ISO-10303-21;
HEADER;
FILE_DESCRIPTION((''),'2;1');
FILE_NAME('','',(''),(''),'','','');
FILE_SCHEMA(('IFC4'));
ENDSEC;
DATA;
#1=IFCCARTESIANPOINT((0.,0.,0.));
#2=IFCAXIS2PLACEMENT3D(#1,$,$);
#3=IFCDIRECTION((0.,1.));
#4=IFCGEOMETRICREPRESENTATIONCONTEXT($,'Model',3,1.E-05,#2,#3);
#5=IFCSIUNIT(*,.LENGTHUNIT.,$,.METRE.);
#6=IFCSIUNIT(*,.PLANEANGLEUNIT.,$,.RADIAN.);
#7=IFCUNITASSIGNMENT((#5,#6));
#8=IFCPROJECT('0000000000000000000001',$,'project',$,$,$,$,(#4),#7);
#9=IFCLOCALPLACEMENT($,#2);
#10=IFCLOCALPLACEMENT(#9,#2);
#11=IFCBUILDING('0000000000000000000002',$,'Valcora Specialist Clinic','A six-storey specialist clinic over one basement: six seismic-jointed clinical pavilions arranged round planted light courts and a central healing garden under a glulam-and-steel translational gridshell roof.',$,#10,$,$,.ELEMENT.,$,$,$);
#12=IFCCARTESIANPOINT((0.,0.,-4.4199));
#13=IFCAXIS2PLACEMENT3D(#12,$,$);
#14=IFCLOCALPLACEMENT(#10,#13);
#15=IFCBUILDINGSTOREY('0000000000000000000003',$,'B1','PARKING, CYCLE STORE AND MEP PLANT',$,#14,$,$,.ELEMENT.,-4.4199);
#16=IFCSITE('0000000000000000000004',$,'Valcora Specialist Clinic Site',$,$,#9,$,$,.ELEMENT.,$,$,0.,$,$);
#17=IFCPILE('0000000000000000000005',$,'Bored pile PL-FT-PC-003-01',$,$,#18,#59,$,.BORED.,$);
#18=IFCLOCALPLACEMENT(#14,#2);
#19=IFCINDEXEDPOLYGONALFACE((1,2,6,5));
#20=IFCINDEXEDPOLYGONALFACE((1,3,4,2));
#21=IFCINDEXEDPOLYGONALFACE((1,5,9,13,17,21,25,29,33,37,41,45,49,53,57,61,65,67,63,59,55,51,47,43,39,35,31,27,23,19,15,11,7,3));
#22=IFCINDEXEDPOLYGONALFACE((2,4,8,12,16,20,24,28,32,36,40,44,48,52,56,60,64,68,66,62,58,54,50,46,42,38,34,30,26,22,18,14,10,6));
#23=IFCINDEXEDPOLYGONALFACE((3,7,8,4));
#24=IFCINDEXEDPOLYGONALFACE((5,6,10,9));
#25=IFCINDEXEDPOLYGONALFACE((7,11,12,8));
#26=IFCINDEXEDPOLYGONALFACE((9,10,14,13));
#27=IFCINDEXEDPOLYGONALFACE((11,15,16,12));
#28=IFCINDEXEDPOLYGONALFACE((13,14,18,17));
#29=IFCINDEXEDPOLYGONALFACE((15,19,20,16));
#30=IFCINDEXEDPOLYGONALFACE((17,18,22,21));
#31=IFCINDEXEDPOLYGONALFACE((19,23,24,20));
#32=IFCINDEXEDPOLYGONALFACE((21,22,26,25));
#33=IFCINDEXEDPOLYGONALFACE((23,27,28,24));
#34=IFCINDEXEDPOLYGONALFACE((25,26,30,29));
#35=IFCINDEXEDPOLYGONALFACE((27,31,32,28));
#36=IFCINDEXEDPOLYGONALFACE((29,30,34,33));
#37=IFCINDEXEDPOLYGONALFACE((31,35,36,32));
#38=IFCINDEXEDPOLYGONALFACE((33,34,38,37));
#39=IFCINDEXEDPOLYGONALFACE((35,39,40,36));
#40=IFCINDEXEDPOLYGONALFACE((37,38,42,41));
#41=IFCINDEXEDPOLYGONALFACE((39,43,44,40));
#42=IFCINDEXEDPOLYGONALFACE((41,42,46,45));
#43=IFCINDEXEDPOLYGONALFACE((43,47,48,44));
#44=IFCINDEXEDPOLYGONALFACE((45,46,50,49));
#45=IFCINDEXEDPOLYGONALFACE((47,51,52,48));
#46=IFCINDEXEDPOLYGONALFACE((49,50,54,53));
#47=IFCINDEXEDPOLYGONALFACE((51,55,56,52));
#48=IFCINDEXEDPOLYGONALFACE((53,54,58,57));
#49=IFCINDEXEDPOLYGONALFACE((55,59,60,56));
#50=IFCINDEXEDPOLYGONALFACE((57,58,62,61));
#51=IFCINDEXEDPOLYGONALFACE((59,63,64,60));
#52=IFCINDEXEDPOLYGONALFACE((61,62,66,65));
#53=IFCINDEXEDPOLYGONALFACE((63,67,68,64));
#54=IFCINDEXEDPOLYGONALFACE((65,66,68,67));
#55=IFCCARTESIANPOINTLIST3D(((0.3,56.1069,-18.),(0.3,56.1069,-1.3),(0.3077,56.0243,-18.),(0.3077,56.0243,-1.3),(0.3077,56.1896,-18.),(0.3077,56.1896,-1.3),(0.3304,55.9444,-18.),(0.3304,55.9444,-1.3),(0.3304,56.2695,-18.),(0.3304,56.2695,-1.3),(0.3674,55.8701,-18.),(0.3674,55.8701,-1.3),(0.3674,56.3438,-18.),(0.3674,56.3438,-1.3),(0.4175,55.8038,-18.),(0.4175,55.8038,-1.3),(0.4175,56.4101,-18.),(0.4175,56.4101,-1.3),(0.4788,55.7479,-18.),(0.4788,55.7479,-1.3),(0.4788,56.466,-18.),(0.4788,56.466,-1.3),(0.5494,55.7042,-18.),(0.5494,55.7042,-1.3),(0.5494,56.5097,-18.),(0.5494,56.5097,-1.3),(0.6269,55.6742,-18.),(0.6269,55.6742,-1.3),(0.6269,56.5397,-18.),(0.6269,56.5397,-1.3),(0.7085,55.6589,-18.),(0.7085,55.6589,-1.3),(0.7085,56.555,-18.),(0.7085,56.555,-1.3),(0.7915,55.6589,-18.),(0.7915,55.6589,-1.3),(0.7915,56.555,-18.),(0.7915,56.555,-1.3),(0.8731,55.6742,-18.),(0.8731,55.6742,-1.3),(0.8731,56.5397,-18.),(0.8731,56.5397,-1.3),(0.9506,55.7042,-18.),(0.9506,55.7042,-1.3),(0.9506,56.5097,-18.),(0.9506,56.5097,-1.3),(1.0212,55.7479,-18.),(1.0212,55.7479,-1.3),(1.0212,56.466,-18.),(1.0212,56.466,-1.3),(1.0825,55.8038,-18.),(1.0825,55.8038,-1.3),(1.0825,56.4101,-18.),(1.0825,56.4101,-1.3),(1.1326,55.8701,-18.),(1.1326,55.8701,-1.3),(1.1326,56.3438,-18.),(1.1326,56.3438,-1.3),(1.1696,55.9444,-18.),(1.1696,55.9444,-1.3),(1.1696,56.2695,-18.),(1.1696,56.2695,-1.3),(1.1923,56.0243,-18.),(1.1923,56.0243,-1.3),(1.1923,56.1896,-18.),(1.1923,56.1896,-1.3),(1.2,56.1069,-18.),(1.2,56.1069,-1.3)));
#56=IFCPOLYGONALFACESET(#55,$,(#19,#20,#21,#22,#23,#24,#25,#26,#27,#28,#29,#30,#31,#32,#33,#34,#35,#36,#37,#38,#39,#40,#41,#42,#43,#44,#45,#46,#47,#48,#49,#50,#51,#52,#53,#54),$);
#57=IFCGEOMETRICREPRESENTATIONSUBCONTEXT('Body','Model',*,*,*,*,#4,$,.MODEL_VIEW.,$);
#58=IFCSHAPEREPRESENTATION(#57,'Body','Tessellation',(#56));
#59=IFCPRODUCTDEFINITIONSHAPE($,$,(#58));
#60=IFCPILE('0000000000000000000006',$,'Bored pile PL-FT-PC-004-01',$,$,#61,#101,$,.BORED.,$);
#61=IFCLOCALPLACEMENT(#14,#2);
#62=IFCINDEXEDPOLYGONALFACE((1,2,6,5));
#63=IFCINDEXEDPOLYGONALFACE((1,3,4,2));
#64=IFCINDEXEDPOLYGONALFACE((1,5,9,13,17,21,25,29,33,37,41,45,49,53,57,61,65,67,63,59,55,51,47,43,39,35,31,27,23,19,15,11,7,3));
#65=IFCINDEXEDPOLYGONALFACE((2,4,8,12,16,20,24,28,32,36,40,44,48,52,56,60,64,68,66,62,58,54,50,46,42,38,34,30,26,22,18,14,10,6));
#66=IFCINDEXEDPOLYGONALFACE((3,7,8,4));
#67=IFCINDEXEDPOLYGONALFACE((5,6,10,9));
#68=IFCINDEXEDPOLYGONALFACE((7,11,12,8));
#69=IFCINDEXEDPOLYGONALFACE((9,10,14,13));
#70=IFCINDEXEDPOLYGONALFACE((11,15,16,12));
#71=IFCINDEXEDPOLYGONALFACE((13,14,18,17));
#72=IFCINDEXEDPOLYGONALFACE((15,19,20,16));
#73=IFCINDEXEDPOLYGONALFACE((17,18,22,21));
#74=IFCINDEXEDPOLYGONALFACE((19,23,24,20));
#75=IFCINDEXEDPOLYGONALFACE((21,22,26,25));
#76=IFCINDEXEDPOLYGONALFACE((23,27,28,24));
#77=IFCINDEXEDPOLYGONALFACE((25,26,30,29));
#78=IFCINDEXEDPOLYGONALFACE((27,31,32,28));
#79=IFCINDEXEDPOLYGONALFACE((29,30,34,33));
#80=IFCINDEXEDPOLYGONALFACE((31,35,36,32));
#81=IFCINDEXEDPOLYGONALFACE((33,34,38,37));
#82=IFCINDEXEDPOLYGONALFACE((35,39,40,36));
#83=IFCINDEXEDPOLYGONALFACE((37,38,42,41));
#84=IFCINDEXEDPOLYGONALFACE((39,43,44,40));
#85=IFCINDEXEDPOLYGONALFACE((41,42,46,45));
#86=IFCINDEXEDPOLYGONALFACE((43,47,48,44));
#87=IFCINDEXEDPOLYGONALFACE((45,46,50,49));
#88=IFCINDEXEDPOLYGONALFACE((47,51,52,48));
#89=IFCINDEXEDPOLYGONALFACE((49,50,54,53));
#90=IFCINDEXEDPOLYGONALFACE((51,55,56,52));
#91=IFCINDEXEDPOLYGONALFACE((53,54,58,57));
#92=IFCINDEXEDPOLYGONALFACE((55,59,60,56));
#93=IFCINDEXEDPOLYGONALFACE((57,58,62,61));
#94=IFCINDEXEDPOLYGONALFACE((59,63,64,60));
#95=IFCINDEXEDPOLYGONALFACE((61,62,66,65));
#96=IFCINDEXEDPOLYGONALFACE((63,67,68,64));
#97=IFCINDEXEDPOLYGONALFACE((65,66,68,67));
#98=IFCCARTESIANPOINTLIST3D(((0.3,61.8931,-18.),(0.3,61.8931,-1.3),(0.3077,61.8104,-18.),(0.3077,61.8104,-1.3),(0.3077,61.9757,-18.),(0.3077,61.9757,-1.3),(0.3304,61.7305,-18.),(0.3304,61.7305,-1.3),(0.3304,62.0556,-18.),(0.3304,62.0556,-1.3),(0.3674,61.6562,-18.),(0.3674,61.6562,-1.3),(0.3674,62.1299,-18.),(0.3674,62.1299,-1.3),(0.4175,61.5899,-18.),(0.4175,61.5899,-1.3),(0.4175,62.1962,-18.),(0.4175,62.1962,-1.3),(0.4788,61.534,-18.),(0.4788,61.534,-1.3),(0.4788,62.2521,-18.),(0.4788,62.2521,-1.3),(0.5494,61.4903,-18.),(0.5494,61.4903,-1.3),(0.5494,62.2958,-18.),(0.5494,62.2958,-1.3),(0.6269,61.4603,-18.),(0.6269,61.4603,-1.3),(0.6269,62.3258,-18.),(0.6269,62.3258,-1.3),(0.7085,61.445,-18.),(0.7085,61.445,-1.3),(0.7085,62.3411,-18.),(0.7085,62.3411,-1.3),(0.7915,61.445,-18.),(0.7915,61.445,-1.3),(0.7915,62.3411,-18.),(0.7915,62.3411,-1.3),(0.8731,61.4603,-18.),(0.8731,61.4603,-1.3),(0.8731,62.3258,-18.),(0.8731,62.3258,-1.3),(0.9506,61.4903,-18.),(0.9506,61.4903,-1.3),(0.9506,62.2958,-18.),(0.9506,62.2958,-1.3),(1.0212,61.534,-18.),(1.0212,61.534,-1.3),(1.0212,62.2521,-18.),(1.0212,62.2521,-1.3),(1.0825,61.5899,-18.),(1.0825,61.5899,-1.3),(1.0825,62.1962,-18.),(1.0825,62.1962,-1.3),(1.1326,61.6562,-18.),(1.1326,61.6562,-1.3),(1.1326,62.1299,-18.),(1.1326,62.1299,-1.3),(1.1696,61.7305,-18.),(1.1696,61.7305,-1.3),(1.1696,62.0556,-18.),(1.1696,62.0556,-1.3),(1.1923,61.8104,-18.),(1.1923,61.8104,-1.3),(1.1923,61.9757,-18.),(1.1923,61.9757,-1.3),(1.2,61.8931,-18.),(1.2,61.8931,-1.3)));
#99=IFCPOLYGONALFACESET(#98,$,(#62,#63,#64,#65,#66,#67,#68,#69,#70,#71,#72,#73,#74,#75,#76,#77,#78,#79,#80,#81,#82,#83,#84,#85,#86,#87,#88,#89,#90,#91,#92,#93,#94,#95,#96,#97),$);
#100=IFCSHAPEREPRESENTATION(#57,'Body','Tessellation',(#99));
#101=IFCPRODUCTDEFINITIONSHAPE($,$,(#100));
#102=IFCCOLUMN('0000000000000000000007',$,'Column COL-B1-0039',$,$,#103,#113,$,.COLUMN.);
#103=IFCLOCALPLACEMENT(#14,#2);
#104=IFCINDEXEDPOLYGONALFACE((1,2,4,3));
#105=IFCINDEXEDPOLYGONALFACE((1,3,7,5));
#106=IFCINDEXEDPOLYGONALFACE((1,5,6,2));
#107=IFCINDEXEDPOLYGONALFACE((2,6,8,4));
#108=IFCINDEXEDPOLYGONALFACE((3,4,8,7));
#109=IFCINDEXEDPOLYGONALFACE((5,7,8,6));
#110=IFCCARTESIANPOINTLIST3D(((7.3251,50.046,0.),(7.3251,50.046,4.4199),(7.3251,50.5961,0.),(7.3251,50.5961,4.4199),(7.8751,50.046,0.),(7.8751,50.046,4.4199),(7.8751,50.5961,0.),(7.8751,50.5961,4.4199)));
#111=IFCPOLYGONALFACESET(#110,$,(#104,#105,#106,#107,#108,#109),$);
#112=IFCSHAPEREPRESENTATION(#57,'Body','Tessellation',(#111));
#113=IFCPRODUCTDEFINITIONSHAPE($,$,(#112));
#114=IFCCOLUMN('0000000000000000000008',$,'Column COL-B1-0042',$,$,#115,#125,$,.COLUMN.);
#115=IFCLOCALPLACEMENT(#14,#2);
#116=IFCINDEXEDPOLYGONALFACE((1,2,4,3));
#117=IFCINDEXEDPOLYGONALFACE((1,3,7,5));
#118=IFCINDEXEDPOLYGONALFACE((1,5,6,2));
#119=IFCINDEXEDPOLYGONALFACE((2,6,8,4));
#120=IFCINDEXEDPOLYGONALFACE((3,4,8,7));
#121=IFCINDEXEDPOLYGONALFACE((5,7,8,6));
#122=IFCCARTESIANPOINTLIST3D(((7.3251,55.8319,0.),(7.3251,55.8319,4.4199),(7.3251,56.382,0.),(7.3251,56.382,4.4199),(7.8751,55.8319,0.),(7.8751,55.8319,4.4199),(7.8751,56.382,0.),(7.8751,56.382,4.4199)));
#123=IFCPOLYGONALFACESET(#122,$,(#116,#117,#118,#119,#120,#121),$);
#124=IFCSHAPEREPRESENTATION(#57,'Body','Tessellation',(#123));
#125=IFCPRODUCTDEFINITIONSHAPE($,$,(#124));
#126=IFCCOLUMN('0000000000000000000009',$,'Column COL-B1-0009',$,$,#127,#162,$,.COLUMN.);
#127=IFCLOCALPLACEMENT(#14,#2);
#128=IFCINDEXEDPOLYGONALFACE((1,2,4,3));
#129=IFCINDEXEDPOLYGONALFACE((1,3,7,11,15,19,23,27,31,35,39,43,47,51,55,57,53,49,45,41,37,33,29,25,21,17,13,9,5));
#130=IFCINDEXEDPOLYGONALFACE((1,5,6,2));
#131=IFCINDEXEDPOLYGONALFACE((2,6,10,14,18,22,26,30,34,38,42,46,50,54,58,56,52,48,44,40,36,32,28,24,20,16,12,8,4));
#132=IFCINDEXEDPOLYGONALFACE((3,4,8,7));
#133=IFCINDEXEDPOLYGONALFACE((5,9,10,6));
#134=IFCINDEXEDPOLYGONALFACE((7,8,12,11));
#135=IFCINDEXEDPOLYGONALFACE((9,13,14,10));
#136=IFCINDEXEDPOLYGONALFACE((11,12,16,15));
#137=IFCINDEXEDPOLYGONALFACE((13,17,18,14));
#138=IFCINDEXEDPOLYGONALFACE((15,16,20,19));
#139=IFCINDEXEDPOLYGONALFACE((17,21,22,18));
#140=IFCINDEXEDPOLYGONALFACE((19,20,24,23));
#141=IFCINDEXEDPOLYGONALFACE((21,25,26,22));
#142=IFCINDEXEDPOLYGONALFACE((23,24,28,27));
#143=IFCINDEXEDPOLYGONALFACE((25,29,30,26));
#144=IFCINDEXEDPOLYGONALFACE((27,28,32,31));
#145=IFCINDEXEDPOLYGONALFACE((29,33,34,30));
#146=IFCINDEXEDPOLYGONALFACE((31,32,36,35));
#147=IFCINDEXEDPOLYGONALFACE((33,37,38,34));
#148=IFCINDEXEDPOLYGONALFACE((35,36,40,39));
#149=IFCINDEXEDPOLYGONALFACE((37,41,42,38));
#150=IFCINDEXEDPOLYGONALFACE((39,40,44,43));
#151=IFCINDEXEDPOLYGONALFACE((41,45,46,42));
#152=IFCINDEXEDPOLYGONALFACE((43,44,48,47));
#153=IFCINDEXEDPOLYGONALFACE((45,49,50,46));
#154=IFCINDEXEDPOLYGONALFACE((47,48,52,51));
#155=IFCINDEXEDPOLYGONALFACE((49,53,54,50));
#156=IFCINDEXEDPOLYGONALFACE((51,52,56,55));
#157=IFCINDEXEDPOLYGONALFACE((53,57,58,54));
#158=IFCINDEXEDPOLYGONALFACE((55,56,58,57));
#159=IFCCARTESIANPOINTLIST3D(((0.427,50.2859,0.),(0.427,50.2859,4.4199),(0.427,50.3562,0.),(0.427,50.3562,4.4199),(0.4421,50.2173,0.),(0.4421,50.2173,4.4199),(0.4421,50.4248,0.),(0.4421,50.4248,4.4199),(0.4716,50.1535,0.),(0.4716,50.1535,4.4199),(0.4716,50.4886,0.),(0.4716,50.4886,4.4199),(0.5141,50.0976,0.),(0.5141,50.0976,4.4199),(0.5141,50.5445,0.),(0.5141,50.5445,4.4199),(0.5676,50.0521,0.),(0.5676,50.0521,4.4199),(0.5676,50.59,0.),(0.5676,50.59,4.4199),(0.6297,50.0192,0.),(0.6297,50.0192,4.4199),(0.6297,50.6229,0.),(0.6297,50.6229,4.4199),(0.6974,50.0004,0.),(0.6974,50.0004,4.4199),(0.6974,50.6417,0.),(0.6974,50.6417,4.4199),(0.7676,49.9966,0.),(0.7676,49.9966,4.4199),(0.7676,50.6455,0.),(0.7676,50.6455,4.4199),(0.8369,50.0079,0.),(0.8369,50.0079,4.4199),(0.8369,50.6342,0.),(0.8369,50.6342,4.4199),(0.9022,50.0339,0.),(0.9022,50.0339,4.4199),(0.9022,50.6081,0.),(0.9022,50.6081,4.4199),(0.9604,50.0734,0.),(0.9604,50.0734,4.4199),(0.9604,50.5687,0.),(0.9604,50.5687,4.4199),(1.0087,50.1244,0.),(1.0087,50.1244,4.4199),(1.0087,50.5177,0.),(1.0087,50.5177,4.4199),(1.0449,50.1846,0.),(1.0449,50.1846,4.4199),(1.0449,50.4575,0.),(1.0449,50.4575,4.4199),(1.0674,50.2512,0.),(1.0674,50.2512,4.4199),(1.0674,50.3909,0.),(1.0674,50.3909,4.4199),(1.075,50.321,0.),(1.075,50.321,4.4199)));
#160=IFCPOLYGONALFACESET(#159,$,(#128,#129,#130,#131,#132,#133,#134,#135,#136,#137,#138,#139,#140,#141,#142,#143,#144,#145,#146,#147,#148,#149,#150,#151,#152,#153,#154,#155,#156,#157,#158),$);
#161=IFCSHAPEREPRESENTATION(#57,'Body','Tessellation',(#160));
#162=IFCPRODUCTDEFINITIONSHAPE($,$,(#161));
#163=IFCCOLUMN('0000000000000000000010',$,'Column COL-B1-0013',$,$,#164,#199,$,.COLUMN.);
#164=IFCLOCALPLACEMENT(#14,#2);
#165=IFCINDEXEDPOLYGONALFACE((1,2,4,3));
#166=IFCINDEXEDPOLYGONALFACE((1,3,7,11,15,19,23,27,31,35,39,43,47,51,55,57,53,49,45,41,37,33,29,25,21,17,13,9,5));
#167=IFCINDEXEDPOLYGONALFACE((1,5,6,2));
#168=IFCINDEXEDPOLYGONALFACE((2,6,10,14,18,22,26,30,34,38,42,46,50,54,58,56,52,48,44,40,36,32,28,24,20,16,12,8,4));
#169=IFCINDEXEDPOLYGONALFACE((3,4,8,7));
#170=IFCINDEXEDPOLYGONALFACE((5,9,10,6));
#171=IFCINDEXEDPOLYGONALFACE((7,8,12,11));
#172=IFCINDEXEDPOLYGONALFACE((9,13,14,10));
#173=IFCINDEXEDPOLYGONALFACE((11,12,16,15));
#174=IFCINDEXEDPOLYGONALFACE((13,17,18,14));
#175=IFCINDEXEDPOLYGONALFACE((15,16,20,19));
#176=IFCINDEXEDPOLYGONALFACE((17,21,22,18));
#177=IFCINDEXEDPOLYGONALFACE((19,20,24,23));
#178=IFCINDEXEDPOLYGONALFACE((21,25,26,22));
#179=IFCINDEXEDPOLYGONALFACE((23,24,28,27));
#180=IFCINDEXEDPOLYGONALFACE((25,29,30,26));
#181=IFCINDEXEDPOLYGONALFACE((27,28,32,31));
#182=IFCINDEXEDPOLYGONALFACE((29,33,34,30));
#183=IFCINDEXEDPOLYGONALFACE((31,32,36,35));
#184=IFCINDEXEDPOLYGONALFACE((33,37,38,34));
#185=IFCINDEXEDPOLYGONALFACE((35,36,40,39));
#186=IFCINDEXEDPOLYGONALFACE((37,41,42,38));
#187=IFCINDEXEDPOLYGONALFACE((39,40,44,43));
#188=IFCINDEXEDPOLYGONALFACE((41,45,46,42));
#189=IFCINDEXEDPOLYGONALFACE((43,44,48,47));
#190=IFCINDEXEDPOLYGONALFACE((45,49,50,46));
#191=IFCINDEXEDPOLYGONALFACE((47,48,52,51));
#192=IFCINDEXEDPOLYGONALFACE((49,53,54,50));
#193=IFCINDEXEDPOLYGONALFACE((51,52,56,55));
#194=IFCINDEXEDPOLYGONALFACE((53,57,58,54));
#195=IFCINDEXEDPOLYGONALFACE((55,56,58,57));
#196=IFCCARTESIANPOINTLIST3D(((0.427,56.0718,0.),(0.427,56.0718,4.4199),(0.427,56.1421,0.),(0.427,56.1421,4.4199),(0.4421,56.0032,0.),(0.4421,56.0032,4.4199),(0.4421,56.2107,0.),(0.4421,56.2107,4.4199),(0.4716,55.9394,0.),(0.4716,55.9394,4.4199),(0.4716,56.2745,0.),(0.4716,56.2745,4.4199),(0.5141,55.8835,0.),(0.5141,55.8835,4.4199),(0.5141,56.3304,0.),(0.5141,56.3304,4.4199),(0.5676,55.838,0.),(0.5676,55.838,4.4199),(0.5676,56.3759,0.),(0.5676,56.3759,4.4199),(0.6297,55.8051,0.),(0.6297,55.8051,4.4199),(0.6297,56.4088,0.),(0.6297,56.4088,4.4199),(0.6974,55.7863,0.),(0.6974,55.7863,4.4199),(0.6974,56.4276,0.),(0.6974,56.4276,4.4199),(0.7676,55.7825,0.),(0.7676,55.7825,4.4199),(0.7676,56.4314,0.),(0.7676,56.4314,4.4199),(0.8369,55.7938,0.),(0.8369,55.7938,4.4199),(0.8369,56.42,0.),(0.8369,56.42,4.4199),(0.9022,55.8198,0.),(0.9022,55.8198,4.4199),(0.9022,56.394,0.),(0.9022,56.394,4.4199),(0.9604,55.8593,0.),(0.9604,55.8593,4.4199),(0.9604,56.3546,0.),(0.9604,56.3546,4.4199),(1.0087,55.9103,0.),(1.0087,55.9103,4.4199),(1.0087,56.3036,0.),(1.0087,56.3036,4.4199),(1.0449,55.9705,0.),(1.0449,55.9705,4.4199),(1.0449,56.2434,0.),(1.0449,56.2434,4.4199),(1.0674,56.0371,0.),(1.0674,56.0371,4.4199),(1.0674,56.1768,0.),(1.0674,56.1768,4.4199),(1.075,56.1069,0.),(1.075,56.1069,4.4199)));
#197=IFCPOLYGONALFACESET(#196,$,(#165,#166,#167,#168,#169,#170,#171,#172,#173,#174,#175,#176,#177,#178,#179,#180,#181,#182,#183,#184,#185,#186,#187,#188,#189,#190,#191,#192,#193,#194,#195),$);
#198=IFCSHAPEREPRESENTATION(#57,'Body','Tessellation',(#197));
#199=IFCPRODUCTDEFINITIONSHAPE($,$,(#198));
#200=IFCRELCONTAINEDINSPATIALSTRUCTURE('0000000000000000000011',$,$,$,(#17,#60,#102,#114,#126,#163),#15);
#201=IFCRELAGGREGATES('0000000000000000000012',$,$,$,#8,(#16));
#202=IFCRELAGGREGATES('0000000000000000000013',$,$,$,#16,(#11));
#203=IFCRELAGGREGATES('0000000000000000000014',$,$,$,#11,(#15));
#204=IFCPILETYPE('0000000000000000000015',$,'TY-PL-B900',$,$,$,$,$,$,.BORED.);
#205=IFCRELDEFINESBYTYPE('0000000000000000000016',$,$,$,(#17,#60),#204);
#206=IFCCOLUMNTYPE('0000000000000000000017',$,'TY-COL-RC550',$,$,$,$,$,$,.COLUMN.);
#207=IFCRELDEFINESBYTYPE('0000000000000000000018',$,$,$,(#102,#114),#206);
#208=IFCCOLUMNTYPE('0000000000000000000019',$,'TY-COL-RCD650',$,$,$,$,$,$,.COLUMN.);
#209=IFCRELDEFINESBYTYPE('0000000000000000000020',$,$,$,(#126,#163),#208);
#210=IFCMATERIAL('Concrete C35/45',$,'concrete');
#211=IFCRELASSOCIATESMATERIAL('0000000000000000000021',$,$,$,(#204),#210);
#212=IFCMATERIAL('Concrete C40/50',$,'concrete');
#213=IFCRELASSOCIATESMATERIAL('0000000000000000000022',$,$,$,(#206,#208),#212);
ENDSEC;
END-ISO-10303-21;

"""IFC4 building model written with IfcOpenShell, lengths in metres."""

from ifc_helpers import new_model, si_unit, direction, frame, origin, origin_2d, place, context, subcontext, project, spatial, rectangle, circle, extrude, material, material_profile, profile_set, type_object, element, save


model = new_model("IFC4")

# Units and contexts
model_context = context("Model", 3, precision=1e-05, world=origin(), true_north=direction((0.0, 1.0)))
body_context = subcontext(model_context, "Body", "Model", "MODEL_VIEW")
ifc_project = project(units=[si_unit("LENGTHUNIT", "METRE"), si_unit("PLANEANGLEUNIT", "RADIAN")], contexts=[model_context])

# Site, building, storey
site_placement = place(None, origin())
site = spatial("IfcSite", under=ifc_project, at=site_placement, Name="Valcora Specialist Clinic Site", CompositionType="ELEMENT", RefElevation=0.0)
building_placement = place(site_placement, origin())
building = spatial("IfcBuilding", under=site, at=building_placement, Name="Valcora Specialist Clinic", Description="A six-storey specialist clinic over one basement: six seismic-jointed clinical pavilions arranged round planted light courts and a central healing garden under a glulam-and-steel translational gridshell roof.", CompositionType="ELEMENT")
storey_placement = place(building_placement, frame((0.0, 0.0, -4.4199)))
storey = spatial("IfcBuildingStorey", under=building, at=storey_placement, Name="B1", Description="PARKING, CYCLE STORE AND MEP PLANT", CompositionType="ELEMENT", Elevation=-4.4199)

# Shared definitions
ifc_material_1 = material(Name="Concrete C35/45", Category="concrete")

# Piles
ifc_material_profile_1 = material_profile(ifc_material_1, circle(Radius=0.45, at=origin_2d()), Name="RC-PIL-D900")
ifc_profile_set_1 = profile_set([ifc_material_profile_1], Name="Concrete C35/45")
pile_type_1 = type_object("IfcPileType", Name="TY-PL-B900", PredefinedType="BORED", material=ifc_profile_set_1)
for number, where, z_axis, x_axis, name in (
    (1, (0.75, 56.1069, -1.3), (0.0, 0.0, -1.0), (1.0, 0.0, 0.0), "Bored pile PL-FT-PC-003-01"),
    (2, (0.75, 61.8931, -1.3), (0.0, 0.0, -1.0), (1.0, 0.0, 0.0), "Bored pile PL-FT-PC-004-01"),
):
    element("IfcPile", number, at=place(storey_placement, frame(where, z_axis=z_axis, x_axis=x_axis)), inside=storey, type_object=pile_type_1, Name=name, PredefinedType="BORED", context=body_context, shape_type="SweptSolid", body=[
        extrude(circle(Radius=0.45, at=origin_2d()), origin(), (0.0, 0.0, 1.0), 16.7),
    ])

# Columns
ifc_material_2 = material(Name="Concrete C40/50", Category="concrete")
ifc_material_profile_2 = material_profile(ifc_material_2, rectangle(XDim=0.55, YDim=0.55, at=origin_2d()), Name="RC-COL-550X550")
ifc_profile_set_2 = profile_set([ifc_material_profile_2], Name="Concrete C40/50")
column_type_1 = type_object("IfcColumnType", Name="TY-COL-RC550", PredefinedType="COLUMN", material=ifc_profile_set_2)
for number, where, z_axis, x_axis, name in (
    (3, (7.6001, 50.321, 0.0), (0.0, 0.0, 1.0), (1.0, 0.0, 0.0), "Column COL-B1-0039"),
    (4, (7.6001, 56.1069, 0.0), (0.0, 0.0, 1.0), (1.0, 0.0, 0.0), "Column COL-B1-0042"),
):
    element("IfcColumn", number, at=place(storey_placement, frame(where, z_axis=z_axis, x_axis=x_axis)), inside=storey, type_object=column_type_1, Name=name, PredefinedType="COLUMN", context=body_context, shape_type="SweptSolid", body=[
        extrude(rectangle(XDim=0.55, YDim=0.55, at=origin_2d()), origin(), (0.0, 0.0, 1.0), 4.4199),
    ])
ifc_material_profile_3 = material_profile(ifc_material_2, circle(Radius=0.325, at=origin_2d()), Name="RC-COL-D650")
ifc_profile_set_3 = profile_set([ifc_material_profile_3], Name="Concrete C40/50")
column_type_2 = type_object("IfcColumnType", Name="TY-COL-RCD650", PredefinedType="COLUMN", material=ifc_profile_set_3)
for number, where, z_axis, x_axis, name in (
    (5, (0.75, 50.321, 0.0), (0.0, 0.0, 1.0), (1.0, 0.0, 0.0), "Column COL-B1-0009"),
    (6, (0.75, 56.1069, 0.0), (0.0, 0.0, 1.0), (1.0, 0.0, 0.0), "Column COL-B1-0013"),
):
    element("IfcColumn", number, at=place(storey_placement, frame(where, z_axis=z_axis, x_axis=x_axis)), inside=storey, type_object=column_type_2, Name=name, PredefinedType="COLUMN", context=body_context, shape_type="SweptSolid", body=[
        extrude(circle(Radius=0.325, at=origin_2d()), origin(), (0.0, 0.0, 1.0), 4.4199),
    ])

save(model, "model.ifc")
